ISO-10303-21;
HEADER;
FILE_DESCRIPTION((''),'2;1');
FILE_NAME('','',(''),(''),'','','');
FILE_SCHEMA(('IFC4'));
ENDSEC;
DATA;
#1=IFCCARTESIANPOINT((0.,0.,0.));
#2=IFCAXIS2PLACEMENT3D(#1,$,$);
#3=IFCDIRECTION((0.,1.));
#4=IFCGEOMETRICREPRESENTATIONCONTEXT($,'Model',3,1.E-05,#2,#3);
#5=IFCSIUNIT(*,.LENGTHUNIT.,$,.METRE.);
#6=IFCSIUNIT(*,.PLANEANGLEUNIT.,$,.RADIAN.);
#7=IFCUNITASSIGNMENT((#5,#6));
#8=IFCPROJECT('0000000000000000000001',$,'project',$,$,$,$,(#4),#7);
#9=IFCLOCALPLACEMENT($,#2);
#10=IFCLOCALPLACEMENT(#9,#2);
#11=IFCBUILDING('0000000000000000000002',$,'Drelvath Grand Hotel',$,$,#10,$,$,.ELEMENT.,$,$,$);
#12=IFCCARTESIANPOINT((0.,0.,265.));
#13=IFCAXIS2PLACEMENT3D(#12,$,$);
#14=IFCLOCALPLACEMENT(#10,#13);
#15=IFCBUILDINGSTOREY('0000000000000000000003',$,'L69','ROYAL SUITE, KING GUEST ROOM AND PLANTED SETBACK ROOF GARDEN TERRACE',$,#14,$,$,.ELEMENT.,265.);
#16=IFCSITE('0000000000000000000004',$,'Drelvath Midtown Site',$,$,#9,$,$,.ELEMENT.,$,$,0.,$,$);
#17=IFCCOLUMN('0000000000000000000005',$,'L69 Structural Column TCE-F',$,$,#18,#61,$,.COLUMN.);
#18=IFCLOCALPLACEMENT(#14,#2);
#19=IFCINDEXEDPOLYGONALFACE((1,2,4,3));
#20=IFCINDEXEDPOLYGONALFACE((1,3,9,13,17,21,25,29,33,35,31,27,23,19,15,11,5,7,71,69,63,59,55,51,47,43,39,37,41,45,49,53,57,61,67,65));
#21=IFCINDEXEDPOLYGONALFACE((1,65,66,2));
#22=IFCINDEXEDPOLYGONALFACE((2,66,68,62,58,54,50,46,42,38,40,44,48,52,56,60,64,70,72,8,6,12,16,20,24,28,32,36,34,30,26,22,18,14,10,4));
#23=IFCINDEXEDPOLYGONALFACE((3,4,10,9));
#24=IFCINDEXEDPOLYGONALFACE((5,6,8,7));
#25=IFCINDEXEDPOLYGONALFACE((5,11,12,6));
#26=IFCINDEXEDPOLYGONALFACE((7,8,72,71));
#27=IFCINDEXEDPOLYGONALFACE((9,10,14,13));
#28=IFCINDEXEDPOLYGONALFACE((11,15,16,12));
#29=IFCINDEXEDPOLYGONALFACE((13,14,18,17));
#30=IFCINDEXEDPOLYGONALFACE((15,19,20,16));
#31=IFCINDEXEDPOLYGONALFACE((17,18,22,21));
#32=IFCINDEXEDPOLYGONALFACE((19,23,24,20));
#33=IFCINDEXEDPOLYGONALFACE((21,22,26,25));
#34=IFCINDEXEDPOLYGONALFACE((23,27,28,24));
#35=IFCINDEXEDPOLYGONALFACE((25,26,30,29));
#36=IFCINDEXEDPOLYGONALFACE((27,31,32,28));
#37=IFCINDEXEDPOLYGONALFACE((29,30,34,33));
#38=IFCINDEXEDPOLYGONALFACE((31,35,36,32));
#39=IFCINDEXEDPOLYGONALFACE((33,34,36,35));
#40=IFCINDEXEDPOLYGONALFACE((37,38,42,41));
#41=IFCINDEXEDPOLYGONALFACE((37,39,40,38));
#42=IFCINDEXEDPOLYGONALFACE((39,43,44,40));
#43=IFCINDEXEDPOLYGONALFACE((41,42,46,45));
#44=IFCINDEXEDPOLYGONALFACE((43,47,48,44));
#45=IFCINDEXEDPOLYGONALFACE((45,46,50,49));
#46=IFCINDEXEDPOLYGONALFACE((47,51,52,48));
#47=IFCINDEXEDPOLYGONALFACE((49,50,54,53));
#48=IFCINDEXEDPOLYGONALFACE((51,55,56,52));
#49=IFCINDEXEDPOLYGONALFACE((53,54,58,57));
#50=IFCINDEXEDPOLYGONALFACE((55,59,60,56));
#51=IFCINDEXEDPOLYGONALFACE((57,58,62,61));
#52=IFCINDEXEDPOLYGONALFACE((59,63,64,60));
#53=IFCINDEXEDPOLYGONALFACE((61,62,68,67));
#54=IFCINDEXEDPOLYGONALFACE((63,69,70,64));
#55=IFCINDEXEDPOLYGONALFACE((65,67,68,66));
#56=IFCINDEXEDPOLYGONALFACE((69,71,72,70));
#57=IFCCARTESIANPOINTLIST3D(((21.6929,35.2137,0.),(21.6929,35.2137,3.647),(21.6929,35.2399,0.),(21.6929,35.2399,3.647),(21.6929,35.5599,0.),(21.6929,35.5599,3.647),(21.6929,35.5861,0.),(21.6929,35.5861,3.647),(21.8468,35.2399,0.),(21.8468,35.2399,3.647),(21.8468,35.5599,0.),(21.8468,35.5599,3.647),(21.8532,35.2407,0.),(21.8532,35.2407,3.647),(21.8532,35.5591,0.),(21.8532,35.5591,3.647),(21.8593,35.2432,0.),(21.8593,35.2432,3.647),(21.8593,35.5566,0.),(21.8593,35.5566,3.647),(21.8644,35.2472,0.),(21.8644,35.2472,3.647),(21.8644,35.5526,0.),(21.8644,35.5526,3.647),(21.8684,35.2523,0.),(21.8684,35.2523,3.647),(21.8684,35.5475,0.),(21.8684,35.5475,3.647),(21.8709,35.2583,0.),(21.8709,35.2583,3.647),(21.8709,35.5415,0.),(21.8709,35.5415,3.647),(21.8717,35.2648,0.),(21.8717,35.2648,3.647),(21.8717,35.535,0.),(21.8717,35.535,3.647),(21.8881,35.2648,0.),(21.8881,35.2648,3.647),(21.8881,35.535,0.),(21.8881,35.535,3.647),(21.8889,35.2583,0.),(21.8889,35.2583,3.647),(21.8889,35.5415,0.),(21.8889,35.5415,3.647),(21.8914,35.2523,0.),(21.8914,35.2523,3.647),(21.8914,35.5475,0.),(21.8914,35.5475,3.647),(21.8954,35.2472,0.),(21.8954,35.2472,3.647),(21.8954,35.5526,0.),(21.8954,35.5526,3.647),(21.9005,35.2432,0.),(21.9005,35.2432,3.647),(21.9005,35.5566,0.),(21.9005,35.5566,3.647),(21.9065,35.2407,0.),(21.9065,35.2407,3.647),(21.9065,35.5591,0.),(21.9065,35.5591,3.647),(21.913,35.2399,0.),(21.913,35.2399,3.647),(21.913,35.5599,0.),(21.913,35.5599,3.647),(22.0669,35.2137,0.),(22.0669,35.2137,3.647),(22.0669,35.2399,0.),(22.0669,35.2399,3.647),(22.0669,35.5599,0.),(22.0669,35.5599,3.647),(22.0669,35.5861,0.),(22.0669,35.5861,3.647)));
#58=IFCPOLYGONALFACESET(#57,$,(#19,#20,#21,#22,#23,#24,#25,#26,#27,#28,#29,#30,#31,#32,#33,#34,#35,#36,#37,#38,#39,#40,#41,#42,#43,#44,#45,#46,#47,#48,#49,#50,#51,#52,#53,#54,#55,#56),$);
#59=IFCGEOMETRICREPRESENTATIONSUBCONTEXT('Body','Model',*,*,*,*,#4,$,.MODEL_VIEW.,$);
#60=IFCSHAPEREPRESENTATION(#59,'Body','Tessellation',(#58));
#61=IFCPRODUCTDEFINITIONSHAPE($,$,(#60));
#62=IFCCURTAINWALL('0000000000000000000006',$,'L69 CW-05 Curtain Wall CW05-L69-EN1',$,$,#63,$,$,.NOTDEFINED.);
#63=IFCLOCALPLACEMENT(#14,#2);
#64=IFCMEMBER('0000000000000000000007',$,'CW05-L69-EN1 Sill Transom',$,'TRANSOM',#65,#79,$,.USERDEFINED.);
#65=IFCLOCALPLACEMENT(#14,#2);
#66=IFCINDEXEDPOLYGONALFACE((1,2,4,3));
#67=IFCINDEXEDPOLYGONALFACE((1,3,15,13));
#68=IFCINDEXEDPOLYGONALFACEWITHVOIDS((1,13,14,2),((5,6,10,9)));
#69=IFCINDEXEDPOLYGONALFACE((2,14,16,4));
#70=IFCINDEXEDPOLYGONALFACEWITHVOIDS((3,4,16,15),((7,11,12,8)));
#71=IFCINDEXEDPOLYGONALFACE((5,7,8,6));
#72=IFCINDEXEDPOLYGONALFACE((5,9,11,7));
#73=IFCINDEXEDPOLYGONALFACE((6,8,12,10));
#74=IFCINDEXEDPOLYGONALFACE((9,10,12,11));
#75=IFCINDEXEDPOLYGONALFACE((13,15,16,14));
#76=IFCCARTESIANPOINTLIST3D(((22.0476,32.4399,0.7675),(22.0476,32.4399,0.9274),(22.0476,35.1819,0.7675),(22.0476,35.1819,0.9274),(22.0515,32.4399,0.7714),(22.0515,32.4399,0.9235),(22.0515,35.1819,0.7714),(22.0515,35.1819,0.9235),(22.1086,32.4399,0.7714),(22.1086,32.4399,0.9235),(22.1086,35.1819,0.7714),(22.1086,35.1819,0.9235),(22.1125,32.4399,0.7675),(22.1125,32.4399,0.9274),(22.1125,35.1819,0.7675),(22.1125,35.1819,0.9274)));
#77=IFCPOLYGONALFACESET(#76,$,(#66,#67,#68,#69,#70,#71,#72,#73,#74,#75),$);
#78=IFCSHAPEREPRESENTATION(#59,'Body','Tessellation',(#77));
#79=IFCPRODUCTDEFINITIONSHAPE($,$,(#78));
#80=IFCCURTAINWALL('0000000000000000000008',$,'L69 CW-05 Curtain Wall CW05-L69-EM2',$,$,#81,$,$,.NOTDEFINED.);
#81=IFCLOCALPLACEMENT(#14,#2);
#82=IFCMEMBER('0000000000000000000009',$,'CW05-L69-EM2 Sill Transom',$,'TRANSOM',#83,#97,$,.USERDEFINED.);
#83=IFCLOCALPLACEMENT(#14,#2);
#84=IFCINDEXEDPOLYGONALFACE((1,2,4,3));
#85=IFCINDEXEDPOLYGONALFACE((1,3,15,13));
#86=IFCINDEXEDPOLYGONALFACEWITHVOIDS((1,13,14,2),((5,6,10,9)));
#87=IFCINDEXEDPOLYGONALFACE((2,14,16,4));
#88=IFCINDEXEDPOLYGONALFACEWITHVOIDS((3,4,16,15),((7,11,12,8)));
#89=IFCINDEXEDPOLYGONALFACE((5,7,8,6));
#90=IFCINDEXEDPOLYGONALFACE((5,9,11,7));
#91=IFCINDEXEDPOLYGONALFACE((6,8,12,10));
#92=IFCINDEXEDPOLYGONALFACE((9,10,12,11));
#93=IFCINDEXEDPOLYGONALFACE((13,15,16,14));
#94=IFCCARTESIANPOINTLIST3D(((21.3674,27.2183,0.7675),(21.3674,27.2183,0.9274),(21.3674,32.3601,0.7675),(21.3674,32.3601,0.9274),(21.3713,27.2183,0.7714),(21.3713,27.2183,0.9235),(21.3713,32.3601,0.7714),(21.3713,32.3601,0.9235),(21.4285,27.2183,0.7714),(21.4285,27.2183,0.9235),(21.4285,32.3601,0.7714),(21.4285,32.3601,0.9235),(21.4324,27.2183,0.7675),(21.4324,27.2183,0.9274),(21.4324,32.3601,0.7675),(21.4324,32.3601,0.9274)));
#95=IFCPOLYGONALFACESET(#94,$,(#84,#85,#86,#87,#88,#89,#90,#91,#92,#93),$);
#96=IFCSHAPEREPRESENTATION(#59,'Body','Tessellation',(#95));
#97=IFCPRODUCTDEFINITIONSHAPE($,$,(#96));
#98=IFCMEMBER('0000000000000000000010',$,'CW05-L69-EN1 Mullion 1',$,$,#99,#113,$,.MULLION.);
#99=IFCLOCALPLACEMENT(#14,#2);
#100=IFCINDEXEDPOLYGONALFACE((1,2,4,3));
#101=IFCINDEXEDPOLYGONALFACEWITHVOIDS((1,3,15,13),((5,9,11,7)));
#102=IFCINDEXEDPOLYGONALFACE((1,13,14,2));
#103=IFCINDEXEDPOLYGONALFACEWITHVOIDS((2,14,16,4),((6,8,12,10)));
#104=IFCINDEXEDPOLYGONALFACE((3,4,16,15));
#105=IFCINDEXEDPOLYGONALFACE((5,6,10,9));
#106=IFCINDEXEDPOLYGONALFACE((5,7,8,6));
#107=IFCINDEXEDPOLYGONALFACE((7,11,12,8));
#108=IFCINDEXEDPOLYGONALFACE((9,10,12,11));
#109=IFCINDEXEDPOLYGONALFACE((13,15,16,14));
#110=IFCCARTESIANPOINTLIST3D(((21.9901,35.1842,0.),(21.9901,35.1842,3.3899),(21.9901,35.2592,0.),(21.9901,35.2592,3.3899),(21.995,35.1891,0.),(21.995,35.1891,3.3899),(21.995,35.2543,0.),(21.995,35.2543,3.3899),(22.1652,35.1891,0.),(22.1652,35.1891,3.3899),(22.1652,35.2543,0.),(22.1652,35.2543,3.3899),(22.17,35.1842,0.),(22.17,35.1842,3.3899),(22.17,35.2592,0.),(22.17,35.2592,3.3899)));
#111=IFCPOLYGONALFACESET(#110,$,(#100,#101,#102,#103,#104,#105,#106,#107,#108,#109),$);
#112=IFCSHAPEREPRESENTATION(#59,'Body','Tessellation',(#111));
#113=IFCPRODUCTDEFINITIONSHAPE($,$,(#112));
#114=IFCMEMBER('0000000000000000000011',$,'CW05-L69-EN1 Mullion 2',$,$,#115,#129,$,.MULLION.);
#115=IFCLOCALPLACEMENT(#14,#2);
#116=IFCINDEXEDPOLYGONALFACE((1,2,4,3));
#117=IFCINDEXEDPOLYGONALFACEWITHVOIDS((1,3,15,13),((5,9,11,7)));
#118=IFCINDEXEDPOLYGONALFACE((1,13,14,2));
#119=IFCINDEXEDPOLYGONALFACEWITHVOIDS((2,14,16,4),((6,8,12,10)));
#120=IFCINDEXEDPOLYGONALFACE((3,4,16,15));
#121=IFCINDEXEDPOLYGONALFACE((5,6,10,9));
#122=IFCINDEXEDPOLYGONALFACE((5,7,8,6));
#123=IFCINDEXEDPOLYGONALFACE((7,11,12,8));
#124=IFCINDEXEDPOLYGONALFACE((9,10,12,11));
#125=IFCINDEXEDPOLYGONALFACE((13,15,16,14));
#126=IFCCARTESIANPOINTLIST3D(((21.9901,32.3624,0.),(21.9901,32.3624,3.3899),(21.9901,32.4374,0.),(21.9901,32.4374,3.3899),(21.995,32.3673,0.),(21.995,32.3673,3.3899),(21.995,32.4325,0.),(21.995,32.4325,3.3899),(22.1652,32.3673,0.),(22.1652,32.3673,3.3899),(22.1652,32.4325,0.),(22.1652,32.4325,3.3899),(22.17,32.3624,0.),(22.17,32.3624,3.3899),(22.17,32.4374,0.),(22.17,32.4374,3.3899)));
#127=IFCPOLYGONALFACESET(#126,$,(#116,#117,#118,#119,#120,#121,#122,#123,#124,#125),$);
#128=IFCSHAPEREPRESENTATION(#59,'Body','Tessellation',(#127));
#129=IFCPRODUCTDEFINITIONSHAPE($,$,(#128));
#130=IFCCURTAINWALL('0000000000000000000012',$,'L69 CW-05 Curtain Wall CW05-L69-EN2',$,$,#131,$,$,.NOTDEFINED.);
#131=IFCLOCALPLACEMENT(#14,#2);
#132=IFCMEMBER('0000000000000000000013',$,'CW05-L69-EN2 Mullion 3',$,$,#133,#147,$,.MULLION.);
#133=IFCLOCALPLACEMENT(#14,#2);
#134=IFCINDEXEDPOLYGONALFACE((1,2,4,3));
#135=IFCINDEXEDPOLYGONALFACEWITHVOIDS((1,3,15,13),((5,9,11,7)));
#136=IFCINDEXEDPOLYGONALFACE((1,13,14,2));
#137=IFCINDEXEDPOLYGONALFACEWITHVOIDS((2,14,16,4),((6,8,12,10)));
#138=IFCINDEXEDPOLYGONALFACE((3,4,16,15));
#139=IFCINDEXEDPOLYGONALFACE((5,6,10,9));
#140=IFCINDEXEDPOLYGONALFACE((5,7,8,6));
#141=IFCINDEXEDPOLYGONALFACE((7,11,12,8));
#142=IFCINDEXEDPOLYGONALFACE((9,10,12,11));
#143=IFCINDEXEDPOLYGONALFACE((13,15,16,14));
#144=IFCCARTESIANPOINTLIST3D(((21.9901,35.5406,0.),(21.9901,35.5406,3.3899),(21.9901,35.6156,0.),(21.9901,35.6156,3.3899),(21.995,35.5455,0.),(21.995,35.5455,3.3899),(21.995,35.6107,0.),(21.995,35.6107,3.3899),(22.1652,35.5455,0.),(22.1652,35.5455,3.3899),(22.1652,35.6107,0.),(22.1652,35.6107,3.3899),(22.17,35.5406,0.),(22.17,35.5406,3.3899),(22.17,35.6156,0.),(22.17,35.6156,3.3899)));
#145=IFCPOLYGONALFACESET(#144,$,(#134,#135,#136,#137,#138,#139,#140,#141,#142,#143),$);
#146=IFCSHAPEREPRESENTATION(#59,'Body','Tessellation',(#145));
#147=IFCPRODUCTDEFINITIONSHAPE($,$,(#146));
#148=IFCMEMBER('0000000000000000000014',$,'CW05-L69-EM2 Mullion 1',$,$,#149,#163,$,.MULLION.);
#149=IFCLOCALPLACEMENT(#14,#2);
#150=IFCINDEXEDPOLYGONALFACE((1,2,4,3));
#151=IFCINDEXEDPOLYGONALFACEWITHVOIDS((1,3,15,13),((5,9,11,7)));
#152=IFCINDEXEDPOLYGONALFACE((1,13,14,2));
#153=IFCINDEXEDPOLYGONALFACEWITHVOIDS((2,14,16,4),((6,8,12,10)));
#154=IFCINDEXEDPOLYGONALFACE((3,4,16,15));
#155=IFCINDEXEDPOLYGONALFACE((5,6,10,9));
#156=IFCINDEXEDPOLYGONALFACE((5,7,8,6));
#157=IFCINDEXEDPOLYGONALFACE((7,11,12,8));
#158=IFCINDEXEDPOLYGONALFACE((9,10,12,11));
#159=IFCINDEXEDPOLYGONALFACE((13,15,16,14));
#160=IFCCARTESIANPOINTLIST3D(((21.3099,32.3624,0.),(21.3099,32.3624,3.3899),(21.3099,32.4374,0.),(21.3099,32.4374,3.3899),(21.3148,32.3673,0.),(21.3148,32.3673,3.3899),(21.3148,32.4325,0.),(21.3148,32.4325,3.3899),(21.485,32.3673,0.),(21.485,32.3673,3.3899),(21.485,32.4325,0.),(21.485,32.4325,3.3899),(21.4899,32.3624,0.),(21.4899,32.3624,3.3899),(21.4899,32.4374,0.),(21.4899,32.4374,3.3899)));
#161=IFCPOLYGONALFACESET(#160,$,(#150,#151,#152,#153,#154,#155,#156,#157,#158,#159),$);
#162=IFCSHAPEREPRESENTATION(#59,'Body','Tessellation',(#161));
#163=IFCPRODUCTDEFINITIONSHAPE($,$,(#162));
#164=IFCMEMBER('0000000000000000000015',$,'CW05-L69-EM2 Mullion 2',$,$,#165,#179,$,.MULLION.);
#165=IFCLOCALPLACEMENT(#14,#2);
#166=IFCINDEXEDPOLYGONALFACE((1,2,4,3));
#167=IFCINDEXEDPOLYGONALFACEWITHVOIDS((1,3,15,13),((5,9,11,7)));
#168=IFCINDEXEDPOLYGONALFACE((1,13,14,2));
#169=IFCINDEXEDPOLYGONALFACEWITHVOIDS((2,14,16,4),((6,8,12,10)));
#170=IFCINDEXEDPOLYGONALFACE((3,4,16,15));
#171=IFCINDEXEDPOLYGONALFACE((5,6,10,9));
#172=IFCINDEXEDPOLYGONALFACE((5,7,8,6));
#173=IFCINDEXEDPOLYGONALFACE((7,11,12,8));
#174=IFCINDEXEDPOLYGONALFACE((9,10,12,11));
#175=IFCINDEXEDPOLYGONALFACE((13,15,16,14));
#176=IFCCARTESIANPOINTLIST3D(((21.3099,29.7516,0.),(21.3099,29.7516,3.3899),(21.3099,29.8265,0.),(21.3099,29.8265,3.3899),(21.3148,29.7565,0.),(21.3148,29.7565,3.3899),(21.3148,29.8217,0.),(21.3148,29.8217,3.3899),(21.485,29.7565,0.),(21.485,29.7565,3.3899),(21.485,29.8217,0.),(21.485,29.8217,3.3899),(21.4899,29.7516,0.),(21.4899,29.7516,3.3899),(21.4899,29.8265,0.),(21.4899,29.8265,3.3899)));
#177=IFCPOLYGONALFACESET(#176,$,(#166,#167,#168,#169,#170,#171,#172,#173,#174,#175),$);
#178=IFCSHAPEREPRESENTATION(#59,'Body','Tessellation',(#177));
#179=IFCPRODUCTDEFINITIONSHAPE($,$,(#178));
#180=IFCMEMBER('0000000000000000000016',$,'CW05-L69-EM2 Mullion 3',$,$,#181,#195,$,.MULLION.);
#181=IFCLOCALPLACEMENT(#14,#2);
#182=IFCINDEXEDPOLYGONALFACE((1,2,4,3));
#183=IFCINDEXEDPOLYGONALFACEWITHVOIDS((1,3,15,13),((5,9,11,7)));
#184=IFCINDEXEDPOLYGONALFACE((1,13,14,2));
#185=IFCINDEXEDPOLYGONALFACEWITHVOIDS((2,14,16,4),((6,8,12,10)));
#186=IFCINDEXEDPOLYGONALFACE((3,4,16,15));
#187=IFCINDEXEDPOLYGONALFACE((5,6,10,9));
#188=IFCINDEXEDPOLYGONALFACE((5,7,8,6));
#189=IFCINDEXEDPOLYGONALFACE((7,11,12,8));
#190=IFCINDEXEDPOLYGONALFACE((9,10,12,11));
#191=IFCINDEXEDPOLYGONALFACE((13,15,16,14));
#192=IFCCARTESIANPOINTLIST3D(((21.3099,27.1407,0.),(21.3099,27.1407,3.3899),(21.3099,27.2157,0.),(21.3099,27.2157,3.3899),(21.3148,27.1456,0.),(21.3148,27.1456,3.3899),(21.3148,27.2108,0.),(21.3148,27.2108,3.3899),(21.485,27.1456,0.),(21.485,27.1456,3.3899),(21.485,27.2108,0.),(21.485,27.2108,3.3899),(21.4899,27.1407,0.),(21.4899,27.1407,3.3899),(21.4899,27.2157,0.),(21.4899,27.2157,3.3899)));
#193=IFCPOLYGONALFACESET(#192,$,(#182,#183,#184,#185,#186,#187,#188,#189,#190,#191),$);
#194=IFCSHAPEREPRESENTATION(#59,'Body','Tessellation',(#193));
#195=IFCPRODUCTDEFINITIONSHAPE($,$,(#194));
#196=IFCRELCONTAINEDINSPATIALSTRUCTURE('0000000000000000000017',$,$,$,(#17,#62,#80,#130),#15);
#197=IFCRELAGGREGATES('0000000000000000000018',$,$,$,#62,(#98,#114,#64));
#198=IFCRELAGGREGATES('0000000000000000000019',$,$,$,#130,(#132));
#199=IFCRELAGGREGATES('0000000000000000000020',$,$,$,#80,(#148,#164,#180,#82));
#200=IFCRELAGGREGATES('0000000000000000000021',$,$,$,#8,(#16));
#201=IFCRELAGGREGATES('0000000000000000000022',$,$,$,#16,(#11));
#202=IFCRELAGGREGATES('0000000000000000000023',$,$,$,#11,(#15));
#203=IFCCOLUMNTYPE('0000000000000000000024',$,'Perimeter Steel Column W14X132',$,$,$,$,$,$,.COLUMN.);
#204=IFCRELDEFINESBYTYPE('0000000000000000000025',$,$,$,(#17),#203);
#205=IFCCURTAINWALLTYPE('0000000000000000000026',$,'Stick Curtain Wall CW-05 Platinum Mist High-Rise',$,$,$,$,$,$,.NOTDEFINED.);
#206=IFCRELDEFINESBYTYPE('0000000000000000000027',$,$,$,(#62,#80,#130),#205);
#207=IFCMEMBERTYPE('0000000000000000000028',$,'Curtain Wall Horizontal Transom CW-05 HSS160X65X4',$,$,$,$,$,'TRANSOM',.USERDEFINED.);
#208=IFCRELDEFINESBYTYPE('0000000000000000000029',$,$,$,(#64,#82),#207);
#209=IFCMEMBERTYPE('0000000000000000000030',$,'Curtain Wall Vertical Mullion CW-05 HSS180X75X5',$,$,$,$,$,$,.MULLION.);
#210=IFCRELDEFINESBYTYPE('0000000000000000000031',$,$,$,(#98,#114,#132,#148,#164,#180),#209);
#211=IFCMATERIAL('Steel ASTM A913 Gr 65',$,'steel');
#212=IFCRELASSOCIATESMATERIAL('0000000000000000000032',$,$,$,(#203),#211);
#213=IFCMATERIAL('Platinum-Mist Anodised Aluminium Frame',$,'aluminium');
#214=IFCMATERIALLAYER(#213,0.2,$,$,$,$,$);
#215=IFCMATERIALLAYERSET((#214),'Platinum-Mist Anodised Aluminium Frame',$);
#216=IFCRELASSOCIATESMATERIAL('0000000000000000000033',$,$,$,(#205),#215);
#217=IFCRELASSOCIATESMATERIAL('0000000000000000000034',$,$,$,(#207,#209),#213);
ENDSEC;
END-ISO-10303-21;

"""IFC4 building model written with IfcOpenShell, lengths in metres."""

from ifc_helpers import new_model, si_unit, direction, frame, origin, origin_2d, place, context, subcontext, project, spatial, hollow_rectangle, i_section, extrude, material, layer, layer_set, material_profile, profile_set, type_object, element, aggregate, save


model = new_model("IFC4")

# Units and contexts
model_context = context("Model", 3, precision=1e-05, world=origin(), true_north=direction((0.0, 1.0)))
body_context = subcontext(model_context, "Body", "Model", "MODEL_VIEW")
ifc_project = project(units=[si_unit("LENGTHUNIT", "METRE"), si_unit("PLANEANGLEUNIT", "RADIAN")], contexts=[model_context])

# Site, building, storey
site_placement = place(None, origin())
site = spatial("IfcSite", under=ifc_project, at=site_placement, Name="Drelvath Midtown Site", CompositionType="ELEMENT", RefElevation=0.0)
building_placement = place(site_placement, origin())
building = spatial("IfcBuilding", under=site, at=building_placement, Name="Drelvath Grand Hotel", CompositionType="ELEMENT")
storey_placement = place(building_placement, frame((0.0, 0.0, 265.0)))
storey = spatial("IfcBuildingStorey", under=building, at=storey_placement, Name="L69", Description="ROYAL SUITE, KING GUEST ROOM AND PLANTED SETBACK ROOF GARDEN TERRACE", CompositionType="ELEMENT", Elevation=265.0)

# Column
ifc_material_1 = material(Name="Steel ASTM A913 Gr 65", Category="steel")
ifc_material_profile_1 = material_profile(ifc_material_1, i_section(OverallWidth=0.374, OverallDepth=0.3723, WebThickness=0.0164, FlangeThickness=0.0261, FilletRadius=0.0249, at=origin_2d()), Name="W14X132")
ifc_profile_set_1 = profile_set([ifc_material_profile_1], Name="Steel ASTM A913 Gr 65")
column_type = type_object("IfcColumnType", Name="Perimeter Steel Column W14X132", PredefinedType="COLUMN", material=ifc_profile_set_1)
column_placement = place(storey_placement, frame((21.8799, 35.3999, 0.0), z_axis=(0.0, 0.0, 1.0), x_axis=(1.0, 0.0, 0.0)))
element("IfcColumn", 1, at=column_placement, inside=storey, type_object=column_type, Name="L69 Structural Column TCE-F", PredefinedType="COLUMN", context=body_context, shape_type="SweptSolid", body=[
    extrude(i_section(OverallWidth=0.374, OverallDepth=0.3723, WebThickness=0.0164, FlangeThickness=0.0261, FilletRadius=0.0249, at=origin_2d()), origin(), (0.0, 0.0, 1.0), 3.647),
])

# Curtain walls, members
ifc_material_2 = material(Name="Platinum-Mist Anodised Aluminium Frame", Category="aluminium")
ifc_layer_1 = layer(ifc_material_2, 0.2)
ifc_layer_set_1 = layer_set([ifc_layer_1], Name="Platinum-Mist Anodised Aluminium Frame")
curtain_wall_type = type_object("IfcCurtainWallType", Name="Stick Curtain Wall CW-05 Platinum Mist High-Rise", PredefinedType="NOTDEFINED", material=ifc_layer_set_1)
curtain_wall_1_placement = place(storey_placement, origin())
curtain_wall_1 = element("IfcCurtainWall", 2, at=curtain_wall_1_placement, inside=storey, type_object=curtain_wall_type, Name="L69 CW-05 Curtain Wall CW05-L69-EN1", PredefinedType="NOTDEFINED")
ifc_material_profile_2 = material_profile(ifc_material_2, hollow_rectangle(XDim=0.0649, YDim=0.1599, WallThickness=0.0039, at=origin_2d()), Name="HSS160X65X4")
ifc_profile_set_2 = profile_set([ifc_material_profile_2], Name="Platinum-Mist Anodised Aluminium Frame")
member_type_1 = type_object("IfcMemberType", Name="Curtain Wall Horizontal Transom CW-05 HSS160X65X4", ElementType="TRANSOM", PredefinedType="USERDEFINED", material=ifc_profile_set_2)
member_1_placement = place(storey_placement, frame((22.0801, 35.1819, 0.8474), z_axis=(0.0, -1.0, 0.0), x_axis=(1.0, 0.0, 0.0)))
member_1 = element("IfcMember", 3, at=member_1_placement, type_object=member_type_1, Name="CW05-L69-EN1 Sill Transom", ObjectType="TRANSOM", PredefinedType="USERDEFINED", context=body_context, shape_type="SweptSolid", body=[
    extrude(hollow_rectangle(XDim=0.0649, YDim=0.1599, WallThickness=0.0039, at=origin_2d()), origin(), (0.0, 0.0, 1.0), 2.7419),
])
curtain_wall_2_placement = place(storey_placement, origin())
curtain_wall_2 = element("IfcCurtainWall", 4, at=curtain_wall_2_placement, inside=storey, type_object=curtain_wall_type, Name="L69 CW-05 Curtain Wall CW05-L69-EM2", PredefinedType="NOTDEFINED")
member_2_placement = place(storey_placement, frame((21.3999, 32.3601, 0.8474), z_axis=(0.0, -1.0, 0.0), x_axis=(1.0, 0.0, 0.0)))
member_2 = element("IfcMember", 5, at=member_2_placement, type_object=member_type_1, Name="CW05-L69-EM2 Sill Transom", ObjectType="TRANSOM", PredefinedType="USERDEFINED", context=body_context, shape_type="SweptSolid", body=[
    extrude(hollow_rectangle(XDim=0.0649, YDim=0.1599, WallThickness=0.0039, at=origin_2d()), origin(), (0.0, 0.0, 1.0), 5.1418),
])

# Members
ifc_material_profile_3 = material_profile(ifc_material_2, hollow_rectangle(XDim=0.075, YDim=0.1799, WallThickness=0.0049, at=origin_2d()), Name="HSS180X75X5")
ifc_profile_set_3 = profile_set([ifc_material_profile_3], Name="Platinum-Mist Anodised Aluminium Frame")
member_type_2 = type_object("IfcMemberType", Name="Curtain Wall Vertical Mullion CW-05 HSS180X75X5", PredefinedType="MULLION", material=ifc_profile_set_3)
member_3_placement = place(storey_placement, frame((22.0801, 35.2217, 0.0), z_axis=(0.0, 0.0, 1.0), x_axis=(0.0, 1.0, 0.0)))
member_3 = element("IfcMember", 6, at=member_3_placement, type_object=member_type_2, Name="CW05-L69-EN1 Mullion 1", PredefinedType="MULLION", context=body_context, shape_type="SweptSolid", body=[
    extrude(hollow_rectangle(XDim=0.075, YDim=0.1799, WallThickness=0.0049, at=origin_2d()), origin(), (0.0, 0.0, 1.0), 3.3899),
])
member_4_placement = place(storey_placement, frame((22.0801, 32.3999, 0.0), z_axis=(0.0, 0.0, 1.0), x_axis=(0.0, 1.0, 0.0)))
member_4 = element("IfcMember", 7, at=member_4_placement, type_object=member_type_2, Name="CW05-L69-EN1 Mullion 2", PredefinedType="MULLION", context=body_context, shape_type="SweptSolid", body=[
    extrude(hollow_rectangle(XDim=0.075, YDim=0.1799, WallThickness=0.0049, at=origin_2d()), origin(), (0.0, 0.0, 1.0), 3.3899),
])

# Curtain wall, member
curtain_wall_3_placement = place(storey_placement, origin())
curtain_wall_3 = element("IfcCurtainWall", 8, at=curtain_wall_3_placement, inside=storey, type_object=curtain_wall_type, Name="L69 CW-05 Curtain Wall CW05-L69-EN2", PredefinedType="NOTDEFINED")
member_5_placement = place(storey_placement, frame((22.0801, 35.5781, 0.0), z_axis=(0.0, 0.0, 1.0), x_axis=(0.0, 1.0, 0.0)))
member_5 = element("IfcMember", 9, at=member_5_placement, type_object=member_type_2, Name="CW05-L69-EN2 Mullion 3", PredefinedType="MULLION", context=body_context, shape_type="SweptSolid", body=[
    extrude(hollow_rectangle(XDim=0.075, YDim=0.1799, WallThickness=0.0049, at=origin_2d()), origin(), (0.0, 0.0, 1.0), 3.3899),
])

# Members
member_6_placement = place(storey_placement, frame((21.3999, 32.3999, 0.0), z_axis=(0.0, 0.0, 1.0), x_axis=(0.0, 1.0, 0.0)))
member_6 = element("IfcMember", 10, at=member_6_placement, type_object=member_type_2, Name="CW05-L69-EM2 Mullion 1", PredefinedType="MULLION", context=body_context, shape_type="SweptSolid", body=[
    extrude(hollow_rectangle(XDim=0.075, YDim=0.1799, WallThickness=0.0049, at=origin_2d()), origin(), (0.0, 0.0, 1.0), 3.3899),
])
member_7_placement = place(storey_placement, frame((21.3999, 29.7891, 0.0), z_axis=(0.0, 0.0, 1.0), x_axis=(0.0, 1.0, 0.0)))
member_7 = element("IfcMember", 11, at=member_7_placement, type_object=member_type_2, Name="CW05-L69-EM2 Mullion 2", PredefinedType="MULLION", context=body_context, shape_type="SweptSolid", body=[
    extrude(hollow_rectangle(XDim=0.075, YDim=0.1799, WallThickness=0.0049, at=origin_2d()), origin(), (0.0, 0.0, 1.0), 3.3899),
])
member_8_placement = place(storey_placement, frame((21.3999, 27.1782, 0.0), z_axis=(0.0, 0.0, 1.0), x_axis=(0.0, 1.0, 0.0)))
member_8 = element("IfcMember", 12, at=member_8_placement, type_object=member_type_2, Name="CW05-L69-EM2 Mullion 3", PredefinedType="MULLION", context=body_context, shape_type="SweptSolid", body=[
    extrude(hollow_rectangle(XDim=0.075, YDim=0.1799, WallThickness=0.0049, at=origin_2d()), origin(), (0.0, 0.0, 1.0), 3.3899),
])

aggregate(curtain_wall_1, [member_3, member_4, member_1])
aggregate(curtain_wall_3, [member_5])
aggregate(curtain_wall_2, [member_6, member_7, member_8, member_2])

save(model, "model.ifc")
